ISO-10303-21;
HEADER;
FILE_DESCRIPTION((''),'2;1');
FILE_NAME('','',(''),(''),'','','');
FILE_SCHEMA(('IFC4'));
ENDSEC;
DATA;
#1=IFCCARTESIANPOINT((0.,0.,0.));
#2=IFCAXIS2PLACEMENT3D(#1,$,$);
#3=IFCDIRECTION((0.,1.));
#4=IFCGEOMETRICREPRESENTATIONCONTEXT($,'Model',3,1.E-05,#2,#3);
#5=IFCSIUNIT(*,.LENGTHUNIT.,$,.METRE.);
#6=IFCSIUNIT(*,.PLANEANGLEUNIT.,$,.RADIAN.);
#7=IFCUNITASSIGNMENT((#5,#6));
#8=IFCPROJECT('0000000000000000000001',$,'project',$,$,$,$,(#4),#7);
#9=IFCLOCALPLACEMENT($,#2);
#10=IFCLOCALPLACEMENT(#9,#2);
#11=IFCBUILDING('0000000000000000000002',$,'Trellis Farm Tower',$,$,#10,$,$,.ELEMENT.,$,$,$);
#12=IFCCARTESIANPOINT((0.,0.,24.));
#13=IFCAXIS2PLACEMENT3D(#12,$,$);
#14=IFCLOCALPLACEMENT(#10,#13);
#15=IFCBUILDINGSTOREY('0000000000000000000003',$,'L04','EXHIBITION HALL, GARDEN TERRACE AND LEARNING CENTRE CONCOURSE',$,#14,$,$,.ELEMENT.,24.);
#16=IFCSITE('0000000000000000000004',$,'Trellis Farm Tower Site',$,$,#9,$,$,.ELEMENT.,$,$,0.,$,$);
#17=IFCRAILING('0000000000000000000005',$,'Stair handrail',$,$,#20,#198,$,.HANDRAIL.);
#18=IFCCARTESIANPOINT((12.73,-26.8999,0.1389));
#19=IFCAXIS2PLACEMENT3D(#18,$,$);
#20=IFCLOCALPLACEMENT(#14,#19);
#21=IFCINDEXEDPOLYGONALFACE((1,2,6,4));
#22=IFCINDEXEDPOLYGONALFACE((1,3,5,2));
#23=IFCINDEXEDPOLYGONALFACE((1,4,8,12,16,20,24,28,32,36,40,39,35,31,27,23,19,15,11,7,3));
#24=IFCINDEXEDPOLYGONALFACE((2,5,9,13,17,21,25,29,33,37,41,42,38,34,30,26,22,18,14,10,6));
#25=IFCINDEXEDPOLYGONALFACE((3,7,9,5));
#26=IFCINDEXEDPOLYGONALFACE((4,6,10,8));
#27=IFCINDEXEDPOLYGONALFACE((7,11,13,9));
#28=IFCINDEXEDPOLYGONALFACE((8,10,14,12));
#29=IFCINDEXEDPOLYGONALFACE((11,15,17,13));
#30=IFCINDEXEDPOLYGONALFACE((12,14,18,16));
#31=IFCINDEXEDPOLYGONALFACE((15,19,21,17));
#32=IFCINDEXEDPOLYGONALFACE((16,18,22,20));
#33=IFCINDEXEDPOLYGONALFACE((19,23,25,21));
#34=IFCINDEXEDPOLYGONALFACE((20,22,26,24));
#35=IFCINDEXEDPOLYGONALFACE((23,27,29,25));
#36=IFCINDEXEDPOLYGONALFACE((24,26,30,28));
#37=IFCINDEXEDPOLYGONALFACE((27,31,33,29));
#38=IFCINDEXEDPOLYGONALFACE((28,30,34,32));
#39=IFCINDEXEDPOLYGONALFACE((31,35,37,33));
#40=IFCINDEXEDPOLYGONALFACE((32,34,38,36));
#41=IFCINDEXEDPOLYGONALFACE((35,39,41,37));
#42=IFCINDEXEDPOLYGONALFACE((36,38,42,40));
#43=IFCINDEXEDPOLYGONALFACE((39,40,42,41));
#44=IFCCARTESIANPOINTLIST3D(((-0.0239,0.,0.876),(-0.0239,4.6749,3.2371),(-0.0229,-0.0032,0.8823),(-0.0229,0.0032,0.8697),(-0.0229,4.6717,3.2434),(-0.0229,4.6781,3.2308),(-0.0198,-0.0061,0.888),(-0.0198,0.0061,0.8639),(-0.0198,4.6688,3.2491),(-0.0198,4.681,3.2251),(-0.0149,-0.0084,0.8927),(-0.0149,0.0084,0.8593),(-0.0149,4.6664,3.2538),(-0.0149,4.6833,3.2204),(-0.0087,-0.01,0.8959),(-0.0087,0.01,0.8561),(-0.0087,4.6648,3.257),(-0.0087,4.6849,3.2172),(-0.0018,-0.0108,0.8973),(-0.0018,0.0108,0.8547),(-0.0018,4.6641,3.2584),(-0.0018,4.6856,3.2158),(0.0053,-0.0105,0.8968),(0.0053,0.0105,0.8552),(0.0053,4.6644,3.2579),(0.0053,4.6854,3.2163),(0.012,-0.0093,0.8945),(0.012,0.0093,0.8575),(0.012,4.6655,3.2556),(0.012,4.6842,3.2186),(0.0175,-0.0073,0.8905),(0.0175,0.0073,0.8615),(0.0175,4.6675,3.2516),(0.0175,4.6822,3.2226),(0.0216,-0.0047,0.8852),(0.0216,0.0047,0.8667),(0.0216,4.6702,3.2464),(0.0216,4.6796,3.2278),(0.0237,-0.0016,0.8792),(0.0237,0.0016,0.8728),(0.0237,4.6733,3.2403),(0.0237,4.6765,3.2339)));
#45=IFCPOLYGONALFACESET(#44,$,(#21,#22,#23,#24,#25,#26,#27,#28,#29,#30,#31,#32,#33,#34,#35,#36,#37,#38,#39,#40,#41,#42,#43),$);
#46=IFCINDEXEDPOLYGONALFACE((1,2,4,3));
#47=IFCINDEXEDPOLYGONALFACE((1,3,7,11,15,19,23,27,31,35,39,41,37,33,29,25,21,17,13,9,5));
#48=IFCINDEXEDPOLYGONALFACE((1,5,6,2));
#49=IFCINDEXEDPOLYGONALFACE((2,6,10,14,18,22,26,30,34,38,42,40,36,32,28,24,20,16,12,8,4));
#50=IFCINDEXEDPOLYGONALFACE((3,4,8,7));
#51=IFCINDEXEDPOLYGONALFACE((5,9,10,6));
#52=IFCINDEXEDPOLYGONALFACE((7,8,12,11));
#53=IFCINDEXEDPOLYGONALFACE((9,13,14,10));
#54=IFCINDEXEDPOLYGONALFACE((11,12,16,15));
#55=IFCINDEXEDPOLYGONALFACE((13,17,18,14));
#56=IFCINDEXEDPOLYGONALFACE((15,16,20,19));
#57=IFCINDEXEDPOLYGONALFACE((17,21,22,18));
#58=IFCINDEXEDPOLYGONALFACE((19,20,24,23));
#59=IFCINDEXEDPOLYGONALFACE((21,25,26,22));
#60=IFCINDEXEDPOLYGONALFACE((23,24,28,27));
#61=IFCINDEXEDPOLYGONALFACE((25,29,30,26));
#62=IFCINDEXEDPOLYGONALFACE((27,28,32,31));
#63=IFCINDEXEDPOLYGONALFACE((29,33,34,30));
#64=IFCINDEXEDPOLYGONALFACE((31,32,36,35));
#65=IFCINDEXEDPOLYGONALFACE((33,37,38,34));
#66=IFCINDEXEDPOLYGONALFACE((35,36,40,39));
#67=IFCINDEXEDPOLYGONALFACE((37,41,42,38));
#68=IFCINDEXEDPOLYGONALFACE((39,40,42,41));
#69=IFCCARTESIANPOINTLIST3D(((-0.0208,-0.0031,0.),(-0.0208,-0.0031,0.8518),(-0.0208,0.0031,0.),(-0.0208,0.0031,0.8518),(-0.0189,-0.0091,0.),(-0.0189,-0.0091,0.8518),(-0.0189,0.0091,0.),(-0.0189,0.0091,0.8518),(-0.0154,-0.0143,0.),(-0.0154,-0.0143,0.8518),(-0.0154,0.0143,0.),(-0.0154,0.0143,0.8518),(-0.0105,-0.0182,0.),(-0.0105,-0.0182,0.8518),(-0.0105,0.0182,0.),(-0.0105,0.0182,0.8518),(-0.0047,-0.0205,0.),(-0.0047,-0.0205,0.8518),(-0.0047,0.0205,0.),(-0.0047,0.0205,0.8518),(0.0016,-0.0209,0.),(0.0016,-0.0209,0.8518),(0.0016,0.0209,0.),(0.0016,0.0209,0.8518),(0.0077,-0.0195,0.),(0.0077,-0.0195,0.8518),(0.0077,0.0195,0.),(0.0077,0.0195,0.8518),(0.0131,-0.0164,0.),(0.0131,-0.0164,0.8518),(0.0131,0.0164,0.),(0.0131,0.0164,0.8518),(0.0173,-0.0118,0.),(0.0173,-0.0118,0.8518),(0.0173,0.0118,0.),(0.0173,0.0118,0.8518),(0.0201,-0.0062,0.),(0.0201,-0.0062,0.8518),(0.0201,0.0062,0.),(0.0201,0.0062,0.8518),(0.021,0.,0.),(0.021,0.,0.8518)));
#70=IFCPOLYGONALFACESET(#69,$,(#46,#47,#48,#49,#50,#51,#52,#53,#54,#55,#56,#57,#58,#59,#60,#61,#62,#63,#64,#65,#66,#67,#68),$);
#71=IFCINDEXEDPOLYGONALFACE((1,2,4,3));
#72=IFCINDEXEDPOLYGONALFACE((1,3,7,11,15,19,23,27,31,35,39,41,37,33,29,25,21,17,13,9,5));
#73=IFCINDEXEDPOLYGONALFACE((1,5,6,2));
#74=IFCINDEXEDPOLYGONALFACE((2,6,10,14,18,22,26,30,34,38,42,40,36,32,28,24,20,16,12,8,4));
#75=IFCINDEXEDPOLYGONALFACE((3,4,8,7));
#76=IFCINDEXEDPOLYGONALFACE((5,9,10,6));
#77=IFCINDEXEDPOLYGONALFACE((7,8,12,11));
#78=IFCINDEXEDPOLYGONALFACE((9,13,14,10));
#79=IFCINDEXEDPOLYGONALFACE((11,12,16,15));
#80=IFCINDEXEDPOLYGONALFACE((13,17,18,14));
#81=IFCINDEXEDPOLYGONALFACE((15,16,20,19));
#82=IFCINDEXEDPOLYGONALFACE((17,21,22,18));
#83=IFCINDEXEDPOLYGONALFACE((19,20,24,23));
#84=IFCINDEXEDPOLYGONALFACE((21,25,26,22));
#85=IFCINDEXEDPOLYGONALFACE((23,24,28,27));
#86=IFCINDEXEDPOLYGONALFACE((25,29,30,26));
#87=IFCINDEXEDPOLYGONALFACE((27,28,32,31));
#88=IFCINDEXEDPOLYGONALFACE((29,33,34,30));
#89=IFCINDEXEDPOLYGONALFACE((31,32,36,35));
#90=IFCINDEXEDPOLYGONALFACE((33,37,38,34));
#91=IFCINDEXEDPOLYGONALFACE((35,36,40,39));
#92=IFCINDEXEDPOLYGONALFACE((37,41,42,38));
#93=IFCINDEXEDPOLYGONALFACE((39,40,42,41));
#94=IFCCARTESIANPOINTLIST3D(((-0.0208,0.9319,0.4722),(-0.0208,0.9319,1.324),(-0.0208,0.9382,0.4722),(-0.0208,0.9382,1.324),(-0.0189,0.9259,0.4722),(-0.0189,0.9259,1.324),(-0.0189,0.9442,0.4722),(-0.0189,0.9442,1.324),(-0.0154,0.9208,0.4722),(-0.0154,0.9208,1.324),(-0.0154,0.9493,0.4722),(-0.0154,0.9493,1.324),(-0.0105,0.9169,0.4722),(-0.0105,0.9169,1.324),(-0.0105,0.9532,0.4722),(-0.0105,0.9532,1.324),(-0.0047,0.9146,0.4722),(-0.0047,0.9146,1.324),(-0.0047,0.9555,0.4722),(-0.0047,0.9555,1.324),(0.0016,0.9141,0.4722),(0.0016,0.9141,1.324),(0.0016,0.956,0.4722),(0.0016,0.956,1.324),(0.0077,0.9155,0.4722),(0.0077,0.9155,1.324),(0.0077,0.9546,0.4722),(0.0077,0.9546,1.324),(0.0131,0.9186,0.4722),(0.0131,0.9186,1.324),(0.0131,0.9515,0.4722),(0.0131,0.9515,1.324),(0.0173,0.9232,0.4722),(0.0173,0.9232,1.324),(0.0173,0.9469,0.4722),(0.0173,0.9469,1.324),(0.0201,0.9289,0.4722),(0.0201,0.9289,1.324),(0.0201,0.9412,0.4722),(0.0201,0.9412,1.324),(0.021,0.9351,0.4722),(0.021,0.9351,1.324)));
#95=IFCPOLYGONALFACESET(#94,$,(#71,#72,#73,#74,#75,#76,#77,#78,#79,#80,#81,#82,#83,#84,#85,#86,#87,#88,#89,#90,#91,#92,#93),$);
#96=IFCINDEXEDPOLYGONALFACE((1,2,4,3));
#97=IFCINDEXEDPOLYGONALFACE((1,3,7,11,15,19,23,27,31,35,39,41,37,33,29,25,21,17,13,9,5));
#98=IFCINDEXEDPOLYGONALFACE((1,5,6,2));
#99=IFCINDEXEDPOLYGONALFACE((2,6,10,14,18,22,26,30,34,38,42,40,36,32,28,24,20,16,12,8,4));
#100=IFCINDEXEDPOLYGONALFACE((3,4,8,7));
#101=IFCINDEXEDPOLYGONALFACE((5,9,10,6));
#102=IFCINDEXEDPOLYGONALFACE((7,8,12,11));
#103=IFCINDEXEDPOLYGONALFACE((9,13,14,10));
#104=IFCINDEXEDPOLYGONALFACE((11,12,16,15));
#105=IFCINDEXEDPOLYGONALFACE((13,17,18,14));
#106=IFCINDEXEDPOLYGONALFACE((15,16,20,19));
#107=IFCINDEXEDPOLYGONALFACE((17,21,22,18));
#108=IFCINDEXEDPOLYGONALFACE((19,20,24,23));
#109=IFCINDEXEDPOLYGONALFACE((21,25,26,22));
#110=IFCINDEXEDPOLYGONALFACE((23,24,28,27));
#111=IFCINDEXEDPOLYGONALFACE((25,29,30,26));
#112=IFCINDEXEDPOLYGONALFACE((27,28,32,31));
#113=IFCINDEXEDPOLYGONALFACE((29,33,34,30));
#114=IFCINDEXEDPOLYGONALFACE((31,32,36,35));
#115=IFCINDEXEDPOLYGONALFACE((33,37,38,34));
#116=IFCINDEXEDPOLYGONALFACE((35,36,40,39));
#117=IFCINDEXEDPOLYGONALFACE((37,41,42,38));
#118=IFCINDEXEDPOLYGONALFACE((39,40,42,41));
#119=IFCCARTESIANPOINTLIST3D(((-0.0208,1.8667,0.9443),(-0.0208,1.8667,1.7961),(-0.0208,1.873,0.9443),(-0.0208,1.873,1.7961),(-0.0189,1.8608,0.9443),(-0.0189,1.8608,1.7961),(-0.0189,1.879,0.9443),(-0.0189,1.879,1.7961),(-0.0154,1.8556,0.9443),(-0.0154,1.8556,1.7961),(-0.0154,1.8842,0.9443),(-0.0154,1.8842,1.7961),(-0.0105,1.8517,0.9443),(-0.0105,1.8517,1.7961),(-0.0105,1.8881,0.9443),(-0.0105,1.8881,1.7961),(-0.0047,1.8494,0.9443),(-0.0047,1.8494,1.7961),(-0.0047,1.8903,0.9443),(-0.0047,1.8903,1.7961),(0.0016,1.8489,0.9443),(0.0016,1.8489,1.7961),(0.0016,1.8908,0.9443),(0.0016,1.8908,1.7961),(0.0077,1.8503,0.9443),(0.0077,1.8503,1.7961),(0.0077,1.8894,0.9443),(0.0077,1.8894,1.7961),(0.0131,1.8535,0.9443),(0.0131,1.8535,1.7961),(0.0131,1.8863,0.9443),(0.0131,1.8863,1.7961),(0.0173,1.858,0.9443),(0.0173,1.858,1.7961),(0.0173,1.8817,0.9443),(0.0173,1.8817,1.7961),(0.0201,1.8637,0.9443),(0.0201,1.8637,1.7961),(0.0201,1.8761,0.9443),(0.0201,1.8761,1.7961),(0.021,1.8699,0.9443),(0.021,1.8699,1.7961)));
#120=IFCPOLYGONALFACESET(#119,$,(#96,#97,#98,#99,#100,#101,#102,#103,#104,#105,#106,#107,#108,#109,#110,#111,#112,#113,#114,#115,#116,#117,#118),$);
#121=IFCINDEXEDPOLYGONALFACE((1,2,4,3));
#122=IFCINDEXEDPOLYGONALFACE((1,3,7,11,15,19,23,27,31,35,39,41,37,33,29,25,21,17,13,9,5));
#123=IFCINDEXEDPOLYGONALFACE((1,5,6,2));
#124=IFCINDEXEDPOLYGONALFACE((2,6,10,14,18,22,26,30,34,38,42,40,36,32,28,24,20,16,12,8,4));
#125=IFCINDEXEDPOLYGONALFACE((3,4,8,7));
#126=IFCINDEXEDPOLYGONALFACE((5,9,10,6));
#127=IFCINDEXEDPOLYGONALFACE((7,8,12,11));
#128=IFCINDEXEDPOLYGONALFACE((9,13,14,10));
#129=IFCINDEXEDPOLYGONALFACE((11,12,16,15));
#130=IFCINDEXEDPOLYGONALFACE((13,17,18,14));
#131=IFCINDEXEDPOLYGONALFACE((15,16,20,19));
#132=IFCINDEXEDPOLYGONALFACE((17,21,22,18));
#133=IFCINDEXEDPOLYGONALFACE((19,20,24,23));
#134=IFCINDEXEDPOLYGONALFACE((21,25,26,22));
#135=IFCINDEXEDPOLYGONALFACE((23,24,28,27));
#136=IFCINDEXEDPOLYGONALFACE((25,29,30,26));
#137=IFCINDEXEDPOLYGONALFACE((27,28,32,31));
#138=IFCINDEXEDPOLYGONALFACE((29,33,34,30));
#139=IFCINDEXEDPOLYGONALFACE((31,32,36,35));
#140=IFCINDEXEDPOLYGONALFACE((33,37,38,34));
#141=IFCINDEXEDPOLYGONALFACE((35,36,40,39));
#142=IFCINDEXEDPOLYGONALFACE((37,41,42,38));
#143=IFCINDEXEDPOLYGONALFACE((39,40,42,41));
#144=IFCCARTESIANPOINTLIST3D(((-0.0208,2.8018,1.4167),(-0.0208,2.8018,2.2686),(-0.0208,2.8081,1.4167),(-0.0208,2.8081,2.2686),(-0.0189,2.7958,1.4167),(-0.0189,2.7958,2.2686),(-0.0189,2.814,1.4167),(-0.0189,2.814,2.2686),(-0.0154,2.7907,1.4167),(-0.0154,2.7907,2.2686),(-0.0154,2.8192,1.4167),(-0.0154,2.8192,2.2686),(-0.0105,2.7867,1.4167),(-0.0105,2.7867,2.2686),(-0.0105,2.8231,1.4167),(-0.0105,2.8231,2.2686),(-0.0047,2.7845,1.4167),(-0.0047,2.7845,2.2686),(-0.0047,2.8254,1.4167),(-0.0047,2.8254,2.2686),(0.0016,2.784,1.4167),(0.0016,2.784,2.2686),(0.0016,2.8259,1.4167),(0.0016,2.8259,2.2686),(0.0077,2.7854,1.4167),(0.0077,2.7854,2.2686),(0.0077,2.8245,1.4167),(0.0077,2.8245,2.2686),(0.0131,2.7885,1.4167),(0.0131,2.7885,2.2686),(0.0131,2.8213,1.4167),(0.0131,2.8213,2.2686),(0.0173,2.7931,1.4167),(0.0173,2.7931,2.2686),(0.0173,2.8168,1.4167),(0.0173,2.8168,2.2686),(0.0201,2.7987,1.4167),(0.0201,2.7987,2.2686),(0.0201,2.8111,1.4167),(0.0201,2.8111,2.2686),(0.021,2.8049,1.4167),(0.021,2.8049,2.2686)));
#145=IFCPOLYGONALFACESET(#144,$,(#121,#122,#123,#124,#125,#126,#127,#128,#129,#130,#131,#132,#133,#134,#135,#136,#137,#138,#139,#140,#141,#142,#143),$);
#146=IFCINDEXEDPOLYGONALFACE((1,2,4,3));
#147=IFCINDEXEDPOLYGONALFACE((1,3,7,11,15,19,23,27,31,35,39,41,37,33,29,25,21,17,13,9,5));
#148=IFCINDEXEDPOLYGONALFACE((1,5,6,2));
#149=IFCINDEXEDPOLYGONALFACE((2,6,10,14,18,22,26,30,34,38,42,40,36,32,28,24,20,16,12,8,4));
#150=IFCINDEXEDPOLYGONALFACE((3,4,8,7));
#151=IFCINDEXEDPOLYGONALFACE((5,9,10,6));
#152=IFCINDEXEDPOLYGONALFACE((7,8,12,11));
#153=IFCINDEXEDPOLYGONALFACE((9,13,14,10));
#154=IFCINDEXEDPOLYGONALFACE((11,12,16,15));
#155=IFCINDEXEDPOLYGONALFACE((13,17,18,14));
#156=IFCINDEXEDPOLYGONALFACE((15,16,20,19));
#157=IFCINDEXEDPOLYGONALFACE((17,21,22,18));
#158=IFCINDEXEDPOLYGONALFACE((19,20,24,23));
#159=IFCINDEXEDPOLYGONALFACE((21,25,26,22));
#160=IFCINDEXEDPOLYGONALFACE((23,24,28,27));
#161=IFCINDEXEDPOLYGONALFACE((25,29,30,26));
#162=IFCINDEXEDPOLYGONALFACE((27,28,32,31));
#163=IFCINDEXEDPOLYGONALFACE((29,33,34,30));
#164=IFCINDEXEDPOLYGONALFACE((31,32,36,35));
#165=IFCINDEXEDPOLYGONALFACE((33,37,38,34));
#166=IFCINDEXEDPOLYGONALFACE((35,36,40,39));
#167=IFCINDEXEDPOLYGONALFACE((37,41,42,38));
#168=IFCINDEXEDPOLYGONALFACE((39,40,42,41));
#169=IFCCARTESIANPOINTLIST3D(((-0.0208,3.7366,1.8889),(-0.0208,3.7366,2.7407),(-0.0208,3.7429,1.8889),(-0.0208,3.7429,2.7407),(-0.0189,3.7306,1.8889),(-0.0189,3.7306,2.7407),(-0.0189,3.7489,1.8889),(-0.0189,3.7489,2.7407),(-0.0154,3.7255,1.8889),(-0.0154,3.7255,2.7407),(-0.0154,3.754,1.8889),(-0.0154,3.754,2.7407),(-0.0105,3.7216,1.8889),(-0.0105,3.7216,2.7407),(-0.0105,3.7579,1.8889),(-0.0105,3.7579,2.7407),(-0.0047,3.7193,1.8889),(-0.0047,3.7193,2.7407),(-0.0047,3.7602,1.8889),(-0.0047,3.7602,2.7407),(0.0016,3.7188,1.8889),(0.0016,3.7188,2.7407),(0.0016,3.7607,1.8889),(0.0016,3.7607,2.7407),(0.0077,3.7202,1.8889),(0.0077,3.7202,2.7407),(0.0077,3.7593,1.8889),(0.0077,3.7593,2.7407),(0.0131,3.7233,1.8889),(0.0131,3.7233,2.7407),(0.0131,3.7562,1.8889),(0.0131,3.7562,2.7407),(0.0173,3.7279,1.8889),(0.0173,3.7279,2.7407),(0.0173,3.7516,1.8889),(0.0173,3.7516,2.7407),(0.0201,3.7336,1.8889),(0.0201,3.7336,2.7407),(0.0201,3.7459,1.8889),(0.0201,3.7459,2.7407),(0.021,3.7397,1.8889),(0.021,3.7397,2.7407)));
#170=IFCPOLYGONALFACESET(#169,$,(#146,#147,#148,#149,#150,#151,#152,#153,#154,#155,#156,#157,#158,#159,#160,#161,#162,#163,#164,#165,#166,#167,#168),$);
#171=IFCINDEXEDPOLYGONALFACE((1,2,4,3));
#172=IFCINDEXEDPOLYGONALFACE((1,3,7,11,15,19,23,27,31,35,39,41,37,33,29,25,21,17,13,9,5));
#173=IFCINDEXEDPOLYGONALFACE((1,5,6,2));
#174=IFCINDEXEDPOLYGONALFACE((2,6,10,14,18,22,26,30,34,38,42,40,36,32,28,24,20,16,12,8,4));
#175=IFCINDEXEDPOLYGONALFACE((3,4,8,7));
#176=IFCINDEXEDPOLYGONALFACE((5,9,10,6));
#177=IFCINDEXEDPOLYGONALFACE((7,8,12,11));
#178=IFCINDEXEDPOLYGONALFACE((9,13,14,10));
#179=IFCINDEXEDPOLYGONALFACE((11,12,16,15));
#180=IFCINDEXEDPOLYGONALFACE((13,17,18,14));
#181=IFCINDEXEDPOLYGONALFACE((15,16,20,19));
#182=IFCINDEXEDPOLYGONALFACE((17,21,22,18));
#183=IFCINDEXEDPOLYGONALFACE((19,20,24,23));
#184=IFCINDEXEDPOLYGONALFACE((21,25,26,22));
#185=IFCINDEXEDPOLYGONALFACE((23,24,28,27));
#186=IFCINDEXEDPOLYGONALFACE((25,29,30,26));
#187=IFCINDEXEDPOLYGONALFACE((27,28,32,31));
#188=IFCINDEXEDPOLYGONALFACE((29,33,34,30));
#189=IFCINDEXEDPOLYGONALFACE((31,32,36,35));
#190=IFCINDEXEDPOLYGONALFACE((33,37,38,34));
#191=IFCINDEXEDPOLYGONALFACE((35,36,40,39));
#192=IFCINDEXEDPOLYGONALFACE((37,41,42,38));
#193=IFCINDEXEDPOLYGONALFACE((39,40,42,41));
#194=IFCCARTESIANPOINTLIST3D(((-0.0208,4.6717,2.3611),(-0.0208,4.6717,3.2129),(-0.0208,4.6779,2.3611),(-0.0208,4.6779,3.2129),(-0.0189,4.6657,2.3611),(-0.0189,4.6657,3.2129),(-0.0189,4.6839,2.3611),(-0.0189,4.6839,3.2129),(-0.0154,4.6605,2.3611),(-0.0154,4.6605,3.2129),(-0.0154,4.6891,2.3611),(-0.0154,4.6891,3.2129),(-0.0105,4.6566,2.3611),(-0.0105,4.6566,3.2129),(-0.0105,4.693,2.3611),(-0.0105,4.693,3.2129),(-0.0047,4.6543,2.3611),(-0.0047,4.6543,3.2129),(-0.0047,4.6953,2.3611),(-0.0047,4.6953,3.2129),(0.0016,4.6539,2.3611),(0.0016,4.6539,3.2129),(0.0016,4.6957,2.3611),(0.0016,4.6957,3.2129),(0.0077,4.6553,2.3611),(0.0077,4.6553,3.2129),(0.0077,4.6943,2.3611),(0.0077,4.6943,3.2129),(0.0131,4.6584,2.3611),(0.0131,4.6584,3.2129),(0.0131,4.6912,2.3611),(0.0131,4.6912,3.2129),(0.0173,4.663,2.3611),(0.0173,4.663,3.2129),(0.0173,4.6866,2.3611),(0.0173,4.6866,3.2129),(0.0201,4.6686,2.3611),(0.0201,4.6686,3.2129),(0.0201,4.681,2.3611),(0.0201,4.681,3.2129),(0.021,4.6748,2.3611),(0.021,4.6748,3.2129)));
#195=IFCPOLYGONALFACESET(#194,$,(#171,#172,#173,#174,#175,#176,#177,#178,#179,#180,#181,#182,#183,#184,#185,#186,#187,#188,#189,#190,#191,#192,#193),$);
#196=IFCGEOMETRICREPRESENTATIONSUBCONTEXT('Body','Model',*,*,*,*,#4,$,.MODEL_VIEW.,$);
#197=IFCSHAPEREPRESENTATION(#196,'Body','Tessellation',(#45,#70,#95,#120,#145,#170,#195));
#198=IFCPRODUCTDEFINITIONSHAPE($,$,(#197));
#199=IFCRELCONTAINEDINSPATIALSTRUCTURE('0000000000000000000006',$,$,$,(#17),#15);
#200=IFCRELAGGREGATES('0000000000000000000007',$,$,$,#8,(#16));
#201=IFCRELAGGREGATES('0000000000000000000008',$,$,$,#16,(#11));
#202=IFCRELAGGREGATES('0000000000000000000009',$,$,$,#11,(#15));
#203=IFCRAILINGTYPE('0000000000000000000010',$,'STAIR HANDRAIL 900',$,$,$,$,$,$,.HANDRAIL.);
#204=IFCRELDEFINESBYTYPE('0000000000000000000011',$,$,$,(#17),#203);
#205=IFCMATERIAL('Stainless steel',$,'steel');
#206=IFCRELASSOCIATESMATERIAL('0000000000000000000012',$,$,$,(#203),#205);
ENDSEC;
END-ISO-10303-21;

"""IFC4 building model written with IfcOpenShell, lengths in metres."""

from ifc_helpers import new_model, si_unit, direction, frame, origin, origin_2d, place, context, subcontext, project, spatial, circle, extrude, source, transform, mapped, material, type_object, element, save


model = new_model("IFC4")

# Units and contexts
model_context = context("Model", 3, precision=1e-05, world=origin(), true_north=direction((0.0, 1.0)))
body_context = subcontext(model_context, "Body", "Model", "MODEL_VIEW")
ifc_project = project(units=[si_unit("LENGTHUNIT", "METRE"), si_unit("PLANEANGLEUNIT", "RADIAN")], contexts=[model_context])

# Site, building, storey
site_placement = place(None, origin())
site = spatial("IfcSite", under=ifc_project, at=site_placement, Name="Trellis Farm Tower Site", CompositionType="ELEMENT", RefElevation=0.0)
building_placement = place(site_placement, origin())
building = spatial("IfcBuilding", under=site, at=building_placement, Name="Trellis Farm Tower", CompositionType="ELEMENT")
storey_placement = place(building_placement, frame((0.0, 0.0, 24.0)))
storey = spatial("IfcBuildingStorey", under=building, at=storey_placement, Name="L04", Description="EXHIBITION HALL, GARDEN TERRACE AND LEARNING CENTRE CONCOURSE", CompositionType="ELEMENT", Elevation=24.0)

# Railing
ifc_material_1 = material(Name="Stainless steel", Category="steel")
railing_type = type_object("IfcRailingType", Name="STAIR HANDRAIL 900", PredefinedType="HANDRAIL", material=ifc_material_1)
shared_shape_1 = source(origin(), body_context, "Body", "SweptSolid", [
    extrude(circle(Radius=0.0239, at=origin_2d()), frame((0.0, 0.0, 0.876), z_axis=(0.0, 0.892611, 0.450827), x_axis=(-1.0, 0.0, 0.0)), (0.0, 0.0, 1.0), 5.2373),
    extrude(circle(Radius=0.021, at=origin_2d()), origin(), (0.0, 0.0, 1.0), 0.8518),
    extrude(circle(Radius=0.021, at=origin_2d()), frame((0.0, 0.9351, 0.4722)), (0.0, 0.0, 1.0), 0.8518),
    extrude(circle(Radius=0.021, at=origin_2d()), frame((0.0, 1.8699, 0.9443)), (0.0, 0.0, 1.0), 0.8518),
    extrude(circle(Radius=0.021, at=origin_2d()), frame((0.0, 2.8049, 1.4167)), (0.0, 0.0, 1.0), 0.8518),
    extrude(circle(Radius=0.021, at=origin_2d()), frame((0.0, 3.7397, 1.8889)), (0.0, 0.0, 1.0), 0.8518),
    extrude(circle(Radius=0.021, at=origin_2d()), frame((0.0, 4.6748, 2.3611)), (0.0, 0.0, 1.0), 0.8518),
])
railing_placement = place(storey_placement, frame((12.73, -26.8999, 0.1389)))
element("IfcRailing", 1, at=railing_placement, inside=storey, type_object=railing_type, Name="Stair handrail", PredefinedType="HANDRAIL", context=body_context, shape_type="MappedRepresentation", body=[
    mapped(shared_shape_1, transform((0.0, 0.0, 0.0))),
])

save(model, "model.ifc")
